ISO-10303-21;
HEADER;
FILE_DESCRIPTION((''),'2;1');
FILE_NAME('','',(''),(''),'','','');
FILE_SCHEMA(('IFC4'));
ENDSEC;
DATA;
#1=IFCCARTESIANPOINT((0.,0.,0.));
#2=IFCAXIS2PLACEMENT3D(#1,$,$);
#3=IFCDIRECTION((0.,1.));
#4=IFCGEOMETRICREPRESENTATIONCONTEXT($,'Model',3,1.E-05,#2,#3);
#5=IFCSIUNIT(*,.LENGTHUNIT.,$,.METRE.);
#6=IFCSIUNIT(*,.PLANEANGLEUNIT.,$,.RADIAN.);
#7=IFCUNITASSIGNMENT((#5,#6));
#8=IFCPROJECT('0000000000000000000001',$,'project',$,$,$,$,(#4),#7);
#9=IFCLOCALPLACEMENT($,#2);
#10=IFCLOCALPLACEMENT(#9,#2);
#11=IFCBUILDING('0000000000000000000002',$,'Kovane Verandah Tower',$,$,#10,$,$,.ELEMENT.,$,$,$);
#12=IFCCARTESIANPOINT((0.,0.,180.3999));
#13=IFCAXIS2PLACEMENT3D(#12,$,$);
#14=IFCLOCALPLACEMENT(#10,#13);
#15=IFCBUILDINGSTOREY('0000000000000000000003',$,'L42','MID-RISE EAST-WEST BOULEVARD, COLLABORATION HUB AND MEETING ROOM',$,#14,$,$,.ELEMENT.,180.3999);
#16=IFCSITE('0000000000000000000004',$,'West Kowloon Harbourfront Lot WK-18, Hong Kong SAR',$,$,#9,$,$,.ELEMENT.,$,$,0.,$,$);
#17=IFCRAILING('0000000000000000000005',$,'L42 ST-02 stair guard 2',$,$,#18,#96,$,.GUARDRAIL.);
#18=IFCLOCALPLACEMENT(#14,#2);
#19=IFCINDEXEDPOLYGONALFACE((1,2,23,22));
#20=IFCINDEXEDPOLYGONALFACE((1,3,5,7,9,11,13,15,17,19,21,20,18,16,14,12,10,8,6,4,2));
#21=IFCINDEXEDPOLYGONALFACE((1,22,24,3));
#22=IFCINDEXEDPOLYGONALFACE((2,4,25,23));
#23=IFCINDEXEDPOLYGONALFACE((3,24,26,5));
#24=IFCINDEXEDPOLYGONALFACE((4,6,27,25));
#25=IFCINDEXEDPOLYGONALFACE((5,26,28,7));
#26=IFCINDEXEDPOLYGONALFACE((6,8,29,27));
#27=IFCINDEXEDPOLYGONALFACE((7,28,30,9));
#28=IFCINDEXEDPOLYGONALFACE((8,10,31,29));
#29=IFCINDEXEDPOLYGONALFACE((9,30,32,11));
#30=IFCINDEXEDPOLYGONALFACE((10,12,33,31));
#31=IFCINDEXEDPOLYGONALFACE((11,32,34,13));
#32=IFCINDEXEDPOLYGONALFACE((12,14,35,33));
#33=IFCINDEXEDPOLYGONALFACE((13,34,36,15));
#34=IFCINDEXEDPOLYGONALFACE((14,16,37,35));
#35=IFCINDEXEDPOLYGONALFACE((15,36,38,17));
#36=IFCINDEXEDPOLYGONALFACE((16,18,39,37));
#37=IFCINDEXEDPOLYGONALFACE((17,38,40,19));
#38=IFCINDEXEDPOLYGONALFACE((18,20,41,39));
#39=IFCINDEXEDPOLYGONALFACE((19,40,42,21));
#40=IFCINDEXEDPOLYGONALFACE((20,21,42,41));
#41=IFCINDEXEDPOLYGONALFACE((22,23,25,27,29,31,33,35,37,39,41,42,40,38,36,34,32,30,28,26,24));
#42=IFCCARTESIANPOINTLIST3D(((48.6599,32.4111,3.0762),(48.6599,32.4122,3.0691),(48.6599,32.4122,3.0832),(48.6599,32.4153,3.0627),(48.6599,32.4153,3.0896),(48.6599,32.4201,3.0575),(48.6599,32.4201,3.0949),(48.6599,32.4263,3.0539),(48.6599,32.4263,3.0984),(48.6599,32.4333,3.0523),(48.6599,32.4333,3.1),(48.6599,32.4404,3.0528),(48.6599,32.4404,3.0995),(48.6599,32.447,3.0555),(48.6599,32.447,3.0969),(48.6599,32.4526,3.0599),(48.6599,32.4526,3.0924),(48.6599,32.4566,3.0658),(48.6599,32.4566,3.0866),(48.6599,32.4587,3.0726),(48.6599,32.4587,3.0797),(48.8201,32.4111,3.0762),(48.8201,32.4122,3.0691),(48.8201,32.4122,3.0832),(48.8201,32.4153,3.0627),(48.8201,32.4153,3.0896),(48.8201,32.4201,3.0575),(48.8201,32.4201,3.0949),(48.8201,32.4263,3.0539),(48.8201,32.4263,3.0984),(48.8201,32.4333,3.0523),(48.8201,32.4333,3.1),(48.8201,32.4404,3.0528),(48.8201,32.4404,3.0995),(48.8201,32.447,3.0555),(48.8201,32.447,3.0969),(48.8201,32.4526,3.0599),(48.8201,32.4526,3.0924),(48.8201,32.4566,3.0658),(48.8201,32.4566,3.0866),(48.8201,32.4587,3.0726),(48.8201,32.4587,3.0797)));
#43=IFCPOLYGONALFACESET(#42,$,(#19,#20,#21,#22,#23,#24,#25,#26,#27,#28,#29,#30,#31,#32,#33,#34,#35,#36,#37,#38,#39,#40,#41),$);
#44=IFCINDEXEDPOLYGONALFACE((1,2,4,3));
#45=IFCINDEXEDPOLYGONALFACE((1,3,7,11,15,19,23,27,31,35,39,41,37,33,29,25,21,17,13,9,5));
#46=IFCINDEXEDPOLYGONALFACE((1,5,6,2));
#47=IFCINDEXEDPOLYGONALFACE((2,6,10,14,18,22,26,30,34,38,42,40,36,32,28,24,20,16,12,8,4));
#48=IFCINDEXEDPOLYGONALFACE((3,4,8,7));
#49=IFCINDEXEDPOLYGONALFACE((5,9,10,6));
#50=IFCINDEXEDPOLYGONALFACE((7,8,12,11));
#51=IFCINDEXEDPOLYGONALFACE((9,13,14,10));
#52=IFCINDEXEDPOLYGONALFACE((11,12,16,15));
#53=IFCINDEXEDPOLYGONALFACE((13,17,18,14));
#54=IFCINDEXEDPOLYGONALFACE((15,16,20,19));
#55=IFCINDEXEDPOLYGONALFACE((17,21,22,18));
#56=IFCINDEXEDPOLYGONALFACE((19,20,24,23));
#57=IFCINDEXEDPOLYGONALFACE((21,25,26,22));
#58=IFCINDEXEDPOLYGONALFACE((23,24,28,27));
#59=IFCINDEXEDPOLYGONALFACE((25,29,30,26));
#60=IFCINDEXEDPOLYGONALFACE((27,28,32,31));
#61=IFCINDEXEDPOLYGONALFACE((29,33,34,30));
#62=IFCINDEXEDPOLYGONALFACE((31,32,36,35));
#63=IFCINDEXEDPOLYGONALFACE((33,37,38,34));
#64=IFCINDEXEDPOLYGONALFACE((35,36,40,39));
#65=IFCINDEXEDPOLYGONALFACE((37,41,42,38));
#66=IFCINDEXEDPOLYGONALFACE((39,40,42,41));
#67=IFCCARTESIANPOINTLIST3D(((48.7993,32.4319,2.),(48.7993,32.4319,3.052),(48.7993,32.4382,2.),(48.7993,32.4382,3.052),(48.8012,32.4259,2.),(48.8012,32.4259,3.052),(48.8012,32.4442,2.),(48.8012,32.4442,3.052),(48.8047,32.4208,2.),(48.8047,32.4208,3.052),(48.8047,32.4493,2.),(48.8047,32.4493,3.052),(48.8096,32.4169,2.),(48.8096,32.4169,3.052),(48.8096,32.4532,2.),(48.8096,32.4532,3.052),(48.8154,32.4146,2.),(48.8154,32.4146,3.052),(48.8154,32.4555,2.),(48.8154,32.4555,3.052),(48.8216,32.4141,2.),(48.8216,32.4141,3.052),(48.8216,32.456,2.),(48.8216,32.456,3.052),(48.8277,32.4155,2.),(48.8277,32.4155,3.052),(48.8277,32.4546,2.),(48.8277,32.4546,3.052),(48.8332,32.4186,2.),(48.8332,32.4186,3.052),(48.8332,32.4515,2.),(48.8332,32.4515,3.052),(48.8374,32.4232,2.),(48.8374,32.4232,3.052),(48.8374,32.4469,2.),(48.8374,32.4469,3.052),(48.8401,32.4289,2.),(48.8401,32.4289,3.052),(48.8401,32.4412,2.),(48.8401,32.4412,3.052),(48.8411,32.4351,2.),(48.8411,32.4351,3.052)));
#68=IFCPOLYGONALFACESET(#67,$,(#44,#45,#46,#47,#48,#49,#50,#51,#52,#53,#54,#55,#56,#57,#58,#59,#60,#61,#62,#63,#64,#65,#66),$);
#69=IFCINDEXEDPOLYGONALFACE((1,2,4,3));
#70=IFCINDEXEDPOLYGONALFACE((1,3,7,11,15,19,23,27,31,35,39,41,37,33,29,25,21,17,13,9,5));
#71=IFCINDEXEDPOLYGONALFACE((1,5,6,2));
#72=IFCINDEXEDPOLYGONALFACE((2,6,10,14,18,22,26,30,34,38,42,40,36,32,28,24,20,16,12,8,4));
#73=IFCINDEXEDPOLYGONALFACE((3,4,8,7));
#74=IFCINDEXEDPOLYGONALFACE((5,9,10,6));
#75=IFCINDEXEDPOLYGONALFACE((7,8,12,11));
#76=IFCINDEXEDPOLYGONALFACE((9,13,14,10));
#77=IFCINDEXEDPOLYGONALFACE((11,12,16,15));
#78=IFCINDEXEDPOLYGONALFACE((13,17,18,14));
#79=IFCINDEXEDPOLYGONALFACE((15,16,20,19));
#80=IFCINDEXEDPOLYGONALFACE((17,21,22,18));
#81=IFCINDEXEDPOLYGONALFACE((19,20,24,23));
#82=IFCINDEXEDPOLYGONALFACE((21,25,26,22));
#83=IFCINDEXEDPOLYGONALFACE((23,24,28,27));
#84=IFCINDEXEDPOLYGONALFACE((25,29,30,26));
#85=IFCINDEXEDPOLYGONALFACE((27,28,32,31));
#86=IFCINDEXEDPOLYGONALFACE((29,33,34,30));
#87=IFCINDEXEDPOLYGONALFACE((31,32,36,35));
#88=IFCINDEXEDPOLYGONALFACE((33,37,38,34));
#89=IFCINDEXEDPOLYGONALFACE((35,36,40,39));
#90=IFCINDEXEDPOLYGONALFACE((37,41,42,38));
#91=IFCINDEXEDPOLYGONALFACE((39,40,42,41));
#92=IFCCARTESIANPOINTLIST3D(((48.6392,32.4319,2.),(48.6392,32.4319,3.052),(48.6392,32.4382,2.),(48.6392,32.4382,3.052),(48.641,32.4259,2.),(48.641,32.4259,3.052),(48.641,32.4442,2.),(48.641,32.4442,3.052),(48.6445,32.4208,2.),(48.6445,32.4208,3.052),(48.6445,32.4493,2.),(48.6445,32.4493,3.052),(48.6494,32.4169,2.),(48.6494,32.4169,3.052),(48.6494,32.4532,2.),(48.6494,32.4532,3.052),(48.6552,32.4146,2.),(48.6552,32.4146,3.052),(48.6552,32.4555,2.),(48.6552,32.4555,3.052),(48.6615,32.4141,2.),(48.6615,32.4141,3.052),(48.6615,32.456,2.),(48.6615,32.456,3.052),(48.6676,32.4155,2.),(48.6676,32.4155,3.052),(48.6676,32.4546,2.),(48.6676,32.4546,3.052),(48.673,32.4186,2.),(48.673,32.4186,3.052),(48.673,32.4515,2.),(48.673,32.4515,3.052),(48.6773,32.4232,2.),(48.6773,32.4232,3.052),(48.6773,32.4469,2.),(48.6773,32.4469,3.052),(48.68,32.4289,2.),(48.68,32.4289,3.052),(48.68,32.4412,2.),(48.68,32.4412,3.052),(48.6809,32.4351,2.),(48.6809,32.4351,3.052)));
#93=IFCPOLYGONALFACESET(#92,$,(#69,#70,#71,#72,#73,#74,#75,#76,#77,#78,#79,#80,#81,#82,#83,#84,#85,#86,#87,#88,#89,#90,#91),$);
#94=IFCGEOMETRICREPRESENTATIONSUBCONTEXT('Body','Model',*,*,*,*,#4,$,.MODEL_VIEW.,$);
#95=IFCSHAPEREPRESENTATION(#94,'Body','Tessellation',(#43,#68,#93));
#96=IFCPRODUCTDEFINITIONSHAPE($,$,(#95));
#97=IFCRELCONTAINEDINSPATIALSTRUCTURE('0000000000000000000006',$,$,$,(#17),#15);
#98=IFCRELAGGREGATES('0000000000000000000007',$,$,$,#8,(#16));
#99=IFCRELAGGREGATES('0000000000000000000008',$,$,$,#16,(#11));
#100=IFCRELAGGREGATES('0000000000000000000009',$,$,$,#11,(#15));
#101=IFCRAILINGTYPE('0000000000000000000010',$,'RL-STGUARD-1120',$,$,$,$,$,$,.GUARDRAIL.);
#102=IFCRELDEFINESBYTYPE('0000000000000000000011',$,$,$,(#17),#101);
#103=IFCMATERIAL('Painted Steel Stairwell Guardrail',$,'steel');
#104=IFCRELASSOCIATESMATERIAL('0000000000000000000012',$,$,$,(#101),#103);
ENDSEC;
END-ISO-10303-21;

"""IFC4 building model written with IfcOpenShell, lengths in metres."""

from ifc_helpers import new_model, si_unit, direction, frame, origin, origin_2d, place, context, subcontext, project, spatial, circle, extrude, material, type_object, element, save


model = new_model("IFC4")

# Units and contexts
model_context = context("Model", 3, precision=1e-05, world=origin(), true_north=direction((0.0, 1.0)))
body_context = subcontext(model_context, "Body", "Model", "MODEL_VIEW")
ifc_project = project(units=[si_unit("LENGTHUNIT", "METRE"), si_unit("PLANEANGLEUNIT", "RADIAN")], contexts=[model_context])

# Site, building, storey
site_placement = place(None, origin())
site = spatial("IfcSite", under=ifc_project, at=site_placement, Name="West Kowloon Harbourfront Lot WK-18, Hong Kong SAR", CompositionType="ELEMENT", RefElevation=0.0)
building_placement = place(site_placement, origin())
building = spatial("IfcBuilding", under=site, at=building_placement, Name="Kovane Verandah Tower", CompositionType="ELEMENT")
storey_placement = place(building_placement, frame((0.0, 0.0, 180.3999)))
storey = spatial("IfcBuildingStorey", under=building, at=storey_placement, Name="L42", Description="MID-RISE EAST-WEST BOULEVARD, COLLABORATION HUB AND MEETING ROOM", CompositionType="ELEMENT", Elevation=180.3999)

# Railing
ifc_material_1 = material(Name="Painted Steel Stairwell Guardrail", Category="steel")
railing_type_1 = type_object("IfcRailingType", Name="RL-STGUARD-1120", PredefinedType="GUARDRAIL", material=ifc_material_1)
railing_1_placement = place(storey_placement, frame((48.8201, 32.4351, 2.0)))
element("IfcRailing", 1, at=railing_1_placement, inside=storey, type_object=railing_type_1, Name="L42 ST-02 stair guard 2", PredefinedType="GUARDRAIL", context=body_context, shape_type="SweptSolid", body=[
    extrude(circle(Radius=0.0239, at=origin_2d()), frame((0.0, 0.0, 1.0762), z_axis=(-1.0, 0.0, 0.0), x_axis=(0.0, -1.0, 0.0)), (0.0, 0.0, 1.0), 0.1602),
    extrude(circle(Radius=0.021, at=origin_2d()), origin(), (0.0, 0.0, 1.0), 1.052),
    extrude(circle(Radius=0.021, at=origin_2d()), frame((-0.1602, 0.0, 0.0)), (0.0, 0.0, 1.0), 1.052),
])

save(model, "model.ifc")
